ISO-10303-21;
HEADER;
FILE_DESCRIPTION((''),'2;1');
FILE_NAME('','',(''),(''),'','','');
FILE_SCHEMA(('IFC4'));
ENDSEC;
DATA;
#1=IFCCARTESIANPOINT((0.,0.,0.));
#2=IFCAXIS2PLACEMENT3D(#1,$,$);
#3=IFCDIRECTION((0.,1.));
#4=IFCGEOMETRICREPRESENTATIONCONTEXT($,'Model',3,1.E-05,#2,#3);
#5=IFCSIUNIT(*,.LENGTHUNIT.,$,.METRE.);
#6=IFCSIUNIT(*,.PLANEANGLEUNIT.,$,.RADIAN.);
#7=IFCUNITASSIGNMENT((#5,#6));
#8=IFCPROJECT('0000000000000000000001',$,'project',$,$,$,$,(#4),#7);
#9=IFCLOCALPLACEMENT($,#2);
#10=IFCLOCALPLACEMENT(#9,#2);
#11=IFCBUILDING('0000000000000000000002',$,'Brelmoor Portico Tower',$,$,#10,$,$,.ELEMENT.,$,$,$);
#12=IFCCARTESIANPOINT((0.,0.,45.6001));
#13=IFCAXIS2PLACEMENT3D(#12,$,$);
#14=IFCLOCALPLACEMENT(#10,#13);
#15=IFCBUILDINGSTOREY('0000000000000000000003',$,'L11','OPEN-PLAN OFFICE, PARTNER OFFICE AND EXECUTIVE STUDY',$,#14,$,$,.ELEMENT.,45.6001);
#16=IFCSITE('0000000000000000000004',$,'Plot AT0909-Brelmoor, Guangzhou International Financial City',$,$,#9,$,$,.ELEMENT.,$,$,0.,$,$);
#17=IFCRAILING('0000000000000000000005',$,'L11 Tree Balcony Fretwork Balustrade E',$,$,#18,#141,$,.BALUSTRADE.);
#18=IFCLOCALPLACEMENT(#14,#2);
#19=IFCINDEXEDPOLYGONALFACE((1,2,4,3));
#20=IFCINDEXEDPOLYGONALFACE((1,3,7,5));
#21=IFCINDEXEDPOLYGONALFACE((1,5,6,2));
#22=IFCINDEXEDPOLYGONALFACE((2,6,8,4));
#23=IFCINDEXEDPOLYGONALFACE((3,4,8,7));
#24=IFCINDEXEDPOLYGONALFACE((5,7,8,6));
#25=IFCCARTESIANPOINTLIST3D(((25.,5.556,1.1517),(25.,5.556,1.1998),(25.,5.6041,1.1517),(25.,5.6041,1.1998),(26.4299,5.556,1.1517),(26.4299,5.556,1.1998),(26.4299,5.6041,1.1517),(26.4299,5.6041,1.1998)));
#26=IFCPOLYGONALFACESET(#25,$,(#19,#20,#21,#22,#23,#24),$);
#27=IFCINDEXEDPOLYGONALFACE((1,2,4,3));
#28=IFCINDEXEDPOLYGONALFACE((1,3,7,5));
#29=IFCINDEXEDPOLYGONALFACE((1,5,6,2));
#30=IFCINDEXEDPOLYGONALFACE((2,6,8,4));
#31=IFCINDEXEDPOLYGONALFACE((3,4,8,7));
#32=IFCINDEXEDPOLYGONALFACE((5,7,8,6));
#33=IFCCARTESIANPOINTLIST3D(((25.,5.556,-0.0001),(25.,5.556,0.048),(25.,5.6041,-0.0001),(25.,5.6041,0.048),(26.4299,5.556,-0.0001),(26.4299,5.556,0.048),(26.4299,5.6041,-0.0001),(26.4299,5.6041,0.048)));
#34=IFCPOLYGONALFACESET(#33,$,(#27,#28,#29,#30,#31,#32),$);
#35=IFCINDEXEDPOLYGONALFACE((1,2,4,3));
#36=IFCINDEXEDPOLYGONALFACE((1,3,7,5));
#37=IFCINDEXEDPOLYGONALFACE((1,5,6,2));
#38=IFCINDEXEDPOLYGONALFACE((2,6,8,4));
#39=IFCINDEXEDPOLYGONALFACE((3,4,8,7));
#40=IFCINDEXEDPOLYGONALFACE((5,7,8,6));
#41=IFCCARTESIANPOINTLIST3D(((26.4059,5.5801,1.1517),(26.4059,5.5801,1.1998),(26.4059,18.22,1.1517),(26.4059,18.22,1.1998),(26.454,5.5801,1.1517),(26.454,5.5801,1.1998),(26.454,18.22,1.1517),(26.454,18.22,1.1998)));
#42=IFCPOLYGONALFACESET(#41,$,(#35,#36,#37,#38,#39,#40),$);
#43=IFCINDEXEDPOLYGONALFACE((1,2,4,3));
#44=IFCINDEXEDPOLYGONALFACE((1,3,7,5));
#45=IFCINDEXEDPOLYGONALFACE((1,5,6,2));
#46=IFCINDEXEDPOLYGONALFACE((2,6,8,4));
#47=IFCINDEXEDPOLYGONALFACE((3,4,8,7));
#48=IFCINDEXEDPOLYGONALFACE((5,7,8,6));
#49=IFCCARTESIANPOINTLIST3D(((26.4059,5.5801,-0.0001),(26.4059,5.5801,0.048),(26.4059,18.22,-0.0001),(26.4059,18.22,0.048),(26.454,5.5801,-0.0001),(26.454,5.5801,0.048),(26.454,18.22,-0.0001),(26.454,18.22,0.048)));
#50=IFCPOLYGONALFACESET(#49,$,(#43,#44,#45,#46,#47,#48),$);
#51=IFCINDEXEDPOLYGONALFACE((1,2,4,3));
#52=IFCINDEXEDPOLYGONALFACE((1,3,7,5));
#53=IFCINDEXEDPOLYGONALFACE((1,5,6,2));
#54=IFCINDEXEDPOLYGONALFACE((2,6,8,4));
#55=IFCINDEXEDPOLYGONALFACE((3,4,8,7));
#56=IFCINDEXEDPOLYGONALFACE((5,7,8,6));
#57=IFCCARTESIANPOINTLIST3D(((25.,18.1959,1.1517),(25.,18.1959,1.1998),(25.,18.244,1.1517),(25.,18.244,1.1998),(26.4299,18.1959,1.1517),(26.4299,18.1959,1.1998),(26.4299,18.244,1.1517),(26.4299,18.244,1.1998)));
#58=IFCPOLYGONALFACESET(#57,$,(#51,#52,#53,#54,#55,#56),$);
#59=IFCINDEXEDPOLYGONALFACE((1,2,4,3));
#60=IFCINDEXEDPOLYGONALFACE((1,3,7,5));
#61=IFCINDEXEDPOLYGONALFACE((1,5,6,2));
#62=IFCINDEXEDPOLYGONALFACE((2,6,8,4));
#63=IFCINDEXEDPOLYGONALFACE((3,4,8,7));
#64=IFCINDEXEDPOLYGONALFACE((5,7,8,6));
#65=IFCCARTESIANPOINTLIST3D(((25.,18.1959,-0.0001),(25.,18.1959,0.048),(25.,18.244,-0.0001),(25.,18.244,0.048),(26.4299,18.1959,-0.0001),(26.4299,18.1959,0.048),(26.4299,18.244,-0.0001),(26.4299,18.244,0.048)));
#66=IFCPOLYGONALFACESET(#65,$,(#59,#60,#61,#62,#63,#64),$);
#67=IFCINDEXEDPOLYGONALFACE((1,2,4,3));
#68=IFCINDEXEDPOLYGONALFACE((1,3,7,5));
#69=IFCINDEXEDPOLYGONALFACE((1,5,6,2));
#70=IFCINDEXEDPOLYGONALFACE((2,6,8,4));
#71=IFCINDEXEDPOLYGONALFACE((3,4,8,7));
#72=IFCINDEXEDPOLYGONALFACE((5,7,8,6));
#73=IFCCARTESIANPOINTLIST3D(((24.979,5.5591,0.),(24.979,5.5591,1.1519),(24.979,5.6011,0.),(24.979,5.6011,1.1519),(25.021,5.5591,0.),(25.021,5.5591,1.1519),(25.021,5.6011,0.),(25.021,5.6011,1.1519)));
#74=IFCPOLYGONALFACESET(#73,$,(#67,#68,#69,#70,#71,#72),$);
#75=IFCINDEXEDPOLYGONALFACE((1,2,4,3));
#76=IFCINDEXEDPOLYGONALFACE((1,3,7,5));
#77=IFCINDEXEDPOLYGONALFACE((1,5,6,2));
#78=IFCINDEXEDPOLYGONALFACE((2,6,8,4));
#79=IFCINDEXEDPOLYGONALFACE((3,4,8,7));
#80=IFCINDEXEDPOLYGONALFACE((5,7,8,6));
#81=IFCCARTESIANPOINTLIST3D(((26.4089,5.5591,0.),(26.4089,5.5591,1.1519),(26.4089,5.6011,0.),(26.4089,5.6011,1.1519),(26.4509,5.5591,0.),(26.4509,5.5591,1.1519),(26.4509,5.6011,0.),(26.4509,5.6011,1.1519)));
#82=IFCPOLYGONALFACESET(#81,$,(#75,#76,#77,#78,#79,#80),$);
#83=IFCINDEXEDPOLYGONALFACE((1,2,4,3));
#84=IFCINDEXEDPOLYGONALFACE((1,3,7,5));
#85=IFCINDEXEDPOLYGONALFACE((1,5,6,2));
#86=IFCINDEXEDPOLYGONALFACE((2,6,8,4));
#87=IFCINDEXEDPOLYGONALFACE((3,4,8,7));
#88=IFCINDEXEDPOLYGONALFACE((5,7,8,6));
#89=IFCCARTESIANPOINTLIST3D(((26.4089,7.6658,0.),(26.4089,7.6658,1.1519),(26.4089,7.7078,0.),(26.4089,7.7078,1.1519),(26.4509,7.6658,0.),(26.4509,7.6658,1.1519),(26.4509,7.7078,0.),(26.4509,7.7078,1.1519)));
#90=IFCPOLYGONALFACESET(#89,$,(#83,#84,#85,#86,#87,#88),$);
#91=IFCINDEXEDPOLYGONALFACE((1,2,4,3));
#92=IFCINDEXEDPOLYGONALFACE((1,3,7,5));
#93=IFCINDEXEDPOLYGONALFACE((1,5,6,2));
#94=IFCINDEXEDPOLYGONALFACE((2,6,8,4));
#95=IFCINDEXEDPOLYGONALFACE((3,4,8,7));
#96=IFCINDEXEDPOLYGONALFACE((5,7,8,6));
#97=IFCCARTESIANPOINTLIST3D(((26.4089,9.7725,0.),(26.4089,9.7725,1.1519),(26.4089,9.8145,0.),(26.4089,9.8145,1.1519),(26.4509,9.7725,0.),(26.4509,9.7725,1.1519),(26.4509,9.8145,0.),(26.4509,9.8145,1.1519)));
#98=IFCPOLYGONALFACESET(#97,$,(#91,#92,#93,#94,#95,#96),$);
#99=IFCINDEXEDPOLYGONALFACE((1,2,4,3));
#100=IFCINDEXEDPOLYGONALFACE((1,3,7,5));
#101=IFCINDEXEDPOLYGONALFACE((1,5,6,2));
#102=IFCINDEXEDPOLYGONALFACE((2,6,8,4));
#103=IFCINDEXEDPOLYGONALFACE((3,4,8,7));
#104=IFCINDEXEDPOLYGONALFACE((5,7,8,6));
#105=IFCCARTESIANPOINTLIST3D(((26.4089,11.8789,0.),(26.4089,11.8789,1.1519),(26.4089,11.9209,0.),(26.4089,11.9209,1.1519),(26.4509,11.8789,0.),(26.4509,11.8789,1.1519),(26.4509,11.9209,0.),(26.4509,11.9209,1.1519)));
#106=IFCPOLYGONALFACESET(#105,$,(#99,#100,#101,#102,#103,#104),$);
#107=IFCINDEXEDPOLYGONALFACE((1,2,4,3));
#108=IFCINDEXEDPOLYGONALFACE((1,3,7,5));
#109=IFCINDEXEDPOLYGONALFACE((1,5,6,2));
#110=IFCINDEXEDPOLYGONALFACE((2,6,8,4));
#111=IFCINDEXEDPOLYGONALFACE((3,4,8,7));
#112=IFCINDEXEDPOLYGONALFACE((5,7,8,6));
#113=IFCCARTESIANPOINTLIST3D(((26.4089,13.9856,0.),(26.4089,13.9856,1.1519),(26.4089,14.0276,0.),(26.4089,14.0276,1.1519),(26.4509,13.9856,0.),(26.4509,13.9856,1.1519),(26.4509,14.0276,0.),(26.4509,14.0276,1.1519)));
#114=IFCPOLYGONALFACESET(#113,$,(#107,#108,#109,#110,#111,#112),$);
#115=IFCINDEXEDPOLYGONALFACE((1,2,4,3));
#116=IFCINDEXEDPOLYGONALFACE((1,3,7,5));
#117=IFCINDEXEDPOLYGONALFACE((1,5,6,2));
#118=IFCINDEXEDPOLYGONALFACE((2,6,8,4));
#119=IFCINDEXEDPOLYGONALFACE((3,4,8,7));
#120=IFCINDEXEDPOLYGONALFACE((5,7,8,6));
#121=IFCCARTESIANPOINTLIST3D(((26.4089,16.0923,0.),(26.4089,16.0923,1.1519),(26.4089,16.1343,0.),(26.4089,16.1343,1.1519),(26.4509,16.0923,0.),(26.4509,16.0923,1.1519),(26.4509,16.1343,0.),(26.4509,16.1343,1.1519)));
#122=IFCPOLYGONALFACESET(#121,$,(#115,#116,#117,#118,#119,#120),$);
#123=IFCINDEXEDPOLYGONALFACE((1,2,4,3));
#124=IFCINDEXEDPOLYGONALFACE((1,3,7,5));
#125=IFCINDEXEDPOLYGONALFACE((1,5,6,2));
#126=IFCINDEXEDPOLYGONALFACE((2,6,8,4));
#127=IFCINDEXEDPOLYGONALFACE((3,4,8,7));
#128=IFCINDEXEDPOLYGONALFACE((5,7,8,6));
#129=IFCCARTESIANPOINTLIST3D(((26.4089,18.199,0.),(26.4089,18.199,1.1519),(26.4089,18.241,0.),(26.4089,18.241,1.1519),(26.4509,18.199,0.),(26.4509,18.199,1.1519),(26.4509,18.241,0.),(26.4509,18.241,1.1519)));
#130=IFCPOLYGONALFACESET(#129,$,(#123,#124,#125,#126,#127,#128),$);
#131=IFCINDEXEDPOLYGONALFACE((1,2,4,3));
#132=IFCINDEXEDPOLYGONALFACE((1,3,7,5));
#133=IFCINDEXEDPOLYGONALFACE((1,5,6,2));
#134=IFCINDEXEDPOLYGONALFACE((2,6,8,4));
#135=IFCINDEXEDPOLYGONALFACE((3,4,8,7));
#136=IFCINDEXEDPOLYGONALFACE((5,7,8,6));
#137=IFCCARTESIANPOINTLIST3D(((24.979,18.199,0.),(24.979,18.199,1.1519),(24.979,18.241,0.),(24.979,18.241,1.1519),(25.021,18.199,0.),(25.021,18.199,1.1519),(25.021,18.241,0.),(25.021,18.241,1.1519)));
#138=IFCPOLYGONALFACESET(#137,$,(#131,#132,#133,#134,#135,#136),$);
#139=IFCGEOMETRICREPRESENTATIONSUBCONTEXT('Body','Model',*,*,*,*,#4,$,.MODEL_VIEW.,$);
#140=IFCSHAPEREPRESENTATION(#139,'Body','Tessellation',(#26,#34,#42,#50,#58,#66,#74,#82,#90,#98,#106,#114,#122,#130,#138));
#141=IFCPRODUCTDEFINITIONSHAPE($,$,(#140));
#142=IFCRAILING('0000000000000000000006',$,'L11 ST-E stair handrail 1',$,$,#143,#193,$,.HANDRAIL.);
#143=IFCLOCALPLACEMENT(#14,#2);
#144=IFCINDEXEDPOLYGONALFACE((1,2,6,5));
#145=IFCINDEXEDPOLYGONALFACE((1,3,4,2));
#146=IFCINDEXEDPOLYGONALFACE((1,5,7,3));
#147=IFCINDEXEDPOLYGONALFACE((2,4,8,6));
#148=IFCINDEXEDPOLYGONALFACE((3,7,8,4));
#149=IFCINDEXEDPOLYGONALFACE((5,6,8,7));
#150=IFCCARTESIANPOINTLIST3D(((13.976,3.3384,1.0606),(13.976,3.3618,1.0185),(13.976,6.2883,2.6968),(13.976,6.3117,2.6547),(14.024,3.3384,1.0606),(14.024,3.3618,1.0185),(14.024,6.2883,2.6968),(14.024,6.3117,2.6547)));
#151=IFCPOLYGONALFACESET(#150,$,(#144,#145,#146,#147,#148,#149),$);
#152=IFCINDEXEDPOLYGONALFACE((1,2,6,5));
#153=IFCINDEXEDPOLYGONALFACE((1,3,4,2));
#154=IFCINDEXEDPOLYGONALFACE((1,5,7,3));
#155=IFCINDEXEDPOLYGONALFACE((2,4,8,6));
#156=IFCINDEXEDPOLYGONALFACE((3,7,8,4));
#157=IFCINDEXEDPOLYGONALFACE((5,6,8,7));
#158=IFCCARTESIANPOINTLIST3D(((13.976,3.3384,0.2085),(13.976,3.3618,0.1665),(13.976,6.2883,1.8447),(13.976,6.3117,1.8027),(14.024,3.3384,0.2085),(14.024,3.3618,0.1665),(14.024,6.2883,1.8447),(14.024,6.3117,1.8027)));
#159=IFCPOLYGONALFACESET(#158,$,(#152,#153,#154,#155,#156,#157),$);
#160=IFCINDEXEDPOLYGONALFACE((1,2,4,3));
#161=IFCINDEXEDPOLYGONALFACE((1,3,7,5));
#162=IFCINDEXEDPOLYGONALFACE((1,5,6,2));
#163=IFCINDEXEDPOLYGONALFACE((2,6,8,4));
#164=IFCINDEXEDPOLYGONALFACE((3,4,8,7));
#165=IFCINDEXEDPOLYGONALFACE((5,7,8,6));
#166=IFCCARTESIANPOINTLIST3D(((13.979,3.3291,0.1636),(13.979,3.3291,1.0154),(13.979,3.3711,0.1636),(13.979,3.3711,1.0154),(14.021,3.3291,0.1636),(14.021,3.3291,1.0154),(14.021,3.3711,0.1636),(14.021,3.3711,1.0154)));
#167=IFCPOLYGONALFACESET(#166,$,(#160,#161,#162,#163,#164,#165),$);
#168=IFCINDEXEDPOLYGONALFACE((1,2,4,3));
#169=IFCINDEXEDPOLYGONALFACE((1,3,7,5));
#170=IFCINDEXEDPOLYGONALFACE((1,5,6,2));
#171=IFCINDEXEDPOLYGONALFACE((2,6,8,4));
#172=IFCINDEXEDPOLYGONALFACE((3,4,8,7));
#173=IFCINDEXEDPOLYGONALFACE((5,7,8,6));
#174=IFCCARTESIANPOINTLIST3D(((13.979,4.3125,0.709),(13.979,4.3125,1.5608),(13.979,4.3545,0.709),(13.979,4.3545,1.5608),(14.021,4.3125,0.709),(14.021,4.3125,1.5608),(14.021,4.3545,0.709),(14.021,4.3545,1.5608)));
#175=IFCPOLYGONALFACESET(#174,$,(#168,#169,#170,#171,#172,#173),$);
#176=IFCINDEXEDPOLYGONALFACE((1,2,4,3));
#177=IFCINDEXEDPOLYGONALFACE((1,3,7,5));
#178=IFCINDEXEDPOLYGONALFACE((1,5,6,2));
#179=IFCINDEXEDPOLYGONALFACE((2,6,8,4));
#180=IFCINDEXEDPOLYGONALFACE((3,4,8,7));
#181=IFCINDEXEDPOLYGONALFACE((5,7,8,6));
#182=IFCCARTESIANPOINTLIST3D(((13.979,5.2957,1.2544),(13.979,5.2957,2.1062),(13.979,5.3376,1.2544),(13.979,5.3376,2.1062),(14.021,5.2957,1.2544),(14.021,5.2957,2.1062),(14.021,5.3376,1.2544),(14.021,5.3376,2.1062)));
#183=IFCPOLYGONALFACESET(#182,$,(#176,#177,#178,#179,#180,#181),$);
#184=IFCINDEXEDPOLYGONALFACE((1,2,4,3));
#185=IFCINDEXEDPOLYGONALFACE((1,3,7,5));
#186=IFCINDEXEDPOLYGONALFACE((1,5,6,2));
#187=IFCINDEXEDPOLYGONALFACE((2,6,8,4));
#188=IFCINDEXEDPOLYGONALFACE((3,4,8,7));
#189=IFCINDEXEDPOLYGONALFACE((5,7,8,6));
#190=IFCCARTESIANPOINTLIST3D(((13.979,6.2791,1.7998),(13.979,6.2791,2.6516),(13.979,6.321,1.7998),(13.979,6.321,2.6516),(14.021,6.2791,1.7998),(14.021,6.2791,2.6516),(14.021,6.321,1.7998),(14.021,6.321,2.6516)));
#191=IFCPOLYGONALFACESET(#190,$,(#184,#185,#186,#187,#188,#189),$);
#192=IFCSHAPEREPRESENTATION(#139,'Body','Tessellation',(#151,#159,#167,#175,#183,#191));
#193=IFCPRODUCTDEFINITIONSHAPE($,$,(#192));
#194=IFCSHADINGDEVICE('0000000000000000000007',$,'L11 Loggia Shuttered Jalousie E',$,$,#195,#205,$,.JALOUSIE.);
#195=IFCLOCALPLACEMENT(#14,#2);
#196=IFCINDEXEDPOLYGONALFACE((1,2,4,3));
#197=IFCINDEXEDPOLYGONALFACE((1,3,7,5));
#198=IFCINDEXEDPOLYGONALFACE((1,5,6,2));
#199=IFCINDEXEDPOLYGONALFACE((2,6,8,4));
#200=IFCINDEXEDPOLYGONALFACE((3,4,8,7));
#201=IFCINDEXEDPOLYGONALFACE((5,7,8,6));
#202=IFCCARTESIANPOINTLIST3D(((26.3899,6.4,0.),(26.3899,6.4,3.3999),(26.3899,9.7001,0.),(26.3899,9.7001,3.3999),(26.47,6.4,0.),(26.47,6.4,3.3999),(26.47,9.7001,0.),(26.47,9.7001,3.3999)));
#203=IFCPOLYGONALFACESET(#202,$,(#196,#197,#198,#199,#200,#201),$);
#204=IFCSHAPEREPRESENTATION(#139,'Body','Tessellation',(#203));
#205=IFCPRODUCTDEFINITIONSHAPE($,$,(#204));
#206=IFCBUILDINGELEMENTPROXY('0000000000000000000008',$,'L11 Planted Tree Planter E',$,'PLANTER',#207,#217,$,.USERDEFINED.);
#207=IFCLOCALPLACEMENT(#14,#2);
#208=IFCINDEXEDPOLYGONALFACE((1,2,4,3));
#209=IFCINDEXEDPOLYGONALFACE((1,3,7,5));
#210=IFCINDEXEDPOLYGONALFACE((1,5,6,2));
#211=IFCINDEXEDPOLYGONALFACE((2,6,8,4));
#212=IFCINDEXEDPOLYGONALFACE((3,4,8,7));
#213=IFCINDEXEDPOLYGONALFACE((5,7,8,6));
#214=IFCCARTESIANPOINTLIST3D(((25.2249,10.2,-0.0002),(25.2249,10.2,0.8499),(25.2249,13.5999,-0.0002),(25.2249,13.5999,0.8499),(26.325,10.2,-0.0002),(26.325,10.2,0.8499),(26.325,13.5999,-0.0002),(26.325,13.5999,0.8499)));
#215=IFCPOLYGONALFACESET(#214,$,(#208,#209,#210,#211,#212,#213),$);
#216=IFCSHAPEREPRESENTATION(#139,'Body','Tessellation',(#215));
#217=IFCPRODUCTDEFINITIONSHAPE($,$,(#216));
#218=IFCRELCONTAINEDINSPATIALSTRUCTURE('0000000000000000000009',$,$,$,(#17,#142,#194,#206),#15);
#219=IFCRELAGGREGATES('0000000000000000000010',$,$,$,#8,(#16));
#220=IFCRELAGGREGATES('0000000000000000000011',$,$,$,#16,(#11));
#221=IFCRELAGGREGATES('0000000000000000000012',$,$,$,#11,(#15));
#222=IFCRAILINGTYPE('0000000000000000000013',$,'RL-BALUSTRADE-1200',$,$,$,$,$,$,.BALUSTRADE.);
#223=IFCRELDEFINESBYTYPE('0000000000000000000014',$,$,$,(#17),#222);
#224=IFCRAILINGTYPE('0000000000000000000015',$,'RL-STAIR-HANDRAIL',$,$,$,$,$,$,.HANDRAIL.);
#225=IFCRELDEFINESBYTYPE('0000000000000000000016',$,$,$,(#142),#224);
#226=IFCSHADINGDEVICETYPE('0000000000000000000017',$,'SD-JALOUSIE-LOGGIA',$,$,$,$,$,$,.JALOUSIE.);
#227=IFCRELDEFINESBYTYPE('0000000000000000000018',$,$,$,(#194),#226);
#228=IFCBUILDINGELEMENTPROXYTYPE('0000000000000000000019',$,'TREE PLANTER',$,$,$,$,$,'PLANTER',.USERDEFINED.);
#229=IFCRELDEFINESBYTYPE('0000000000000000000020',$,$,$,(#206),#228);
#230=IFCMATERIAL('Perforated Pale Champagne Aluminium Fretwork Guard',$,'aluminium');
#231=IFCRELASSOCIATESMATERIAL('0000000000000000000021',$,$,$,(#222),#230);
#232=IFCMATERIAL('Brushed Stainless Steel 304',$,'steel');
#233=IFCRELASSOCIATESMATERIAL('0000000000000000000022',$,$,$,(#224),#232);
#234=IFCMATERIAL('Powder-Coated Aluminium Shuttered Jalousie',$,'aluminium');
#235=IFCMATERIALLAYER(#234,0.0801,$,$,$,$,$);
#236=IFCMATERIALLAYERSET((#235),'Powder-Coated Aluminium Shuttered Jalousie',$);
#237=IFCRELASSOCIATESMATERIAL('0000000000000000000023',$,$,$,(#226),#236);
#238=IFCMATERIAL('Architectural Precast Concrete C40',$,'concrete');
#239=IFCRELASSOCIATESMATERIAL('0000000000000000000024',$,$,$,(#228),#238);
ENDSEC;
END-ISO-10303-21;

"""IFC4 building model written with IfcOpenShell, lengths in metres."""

from ifc_helpers import new_model, si_unit, direction, frame, origin, origin_2d, place, context, subcontext, project, spatial, rectangle, extrude, material, layer, layer_set, type_object, element, save


model = new_model("IFC4")

# Units and contexts
model_context = context("Model", 3, precision=1e-05, world=origin(), true_north=direction((0.0, 1.0)))
body_context = subcontext(model_context, "Body", "Model", "MODEL_VIEW")
ifc_project = project(units=[si_unit("LENGTHUNIT", "METRE"), si_unit("PLANEANGLEUNIT", "RADIAN")], contexts=[model_context])

# Site, building, storey
site_placement = place(None, origin())
site = spatial("IfcSite", under=ifc_project, at=site_placement, Name="Plot AT0909-Brelmoor, Guangzhou International Financial City", CompositionType="ELEMENT", RefElevation=0.0)
building_placement = place(site_placement, origin())
building = spatial("IfcBuilding", under=site, at=building_placement, Name="Brelmoor Portico Tower", CompositionType="ELEMENT")
storey_placement = place(building_placement, frame((0.0, 0.0, 45.6001)))
storey = spatial("IfcBuildingStorey", under=building, at=storey_placement, Name="L11", Description="OPEN-PLAN OFFICE, PARTNER OFFICE AND EXECUTIVE STUDY", CompositionType="ELEMENT", Elevation=45.6001)

# Railings
ifc_material_1 = material(Name="Perforated Pale Champagne Aluminium Fretwork Guard", Category="aluminium")
railing_type_1 = type_object("IfcRailingType", Name="RL-BALUSTRADE-1200", PredefinedType="BALUSTRADE", material=ifc_material_1)
railing_1_placement = place(storey_placement, frame((25.0, 5.5801, 0.0)))
element("IfcRailing", 1, at=railing_1_placement, inside=storey, type_object=railing_type_1, Name="L11 Tree Balcony Fretwork Balustrade E", PredefinedType="BALUSTRADE", context=body_context, shape_type="SweptSolid", body=[
    extrude(rectangle(XDim=0.0481, YDim=0.0481, at=origin_2d()), frame((0.0, 0.0, 1.1758), z_axis=(1.0, 0.0, 0.0), x_axis=(0.0, 1.0, 0.0)), (0.0, 0.0, 1.0), 1.4299),
    extrude(rectangle(XDim=0.0481, YDim=0.0481, at=origin_2d()), frame((0.0, 0.0, 0.0239), z_axis=(1.0, 0.0, 0.0), x_axis=(0.0, 1.0, 0.0)), (0.0, 0.0, 1.0), 1.4299),
    extrude(rectangle(XDim=0.0481, YDim=0.0481, at=origin_2d()), frame((1.4299, 0.0, 1.1758), z_axis=(0.0, 1.0, 0.0), x_axis=(-1.0, 0.0, 0.0)), (0.0, 0.0, 1.0), 12.6399),
    extrude(rectangle(XDim=0.0481, YDim=0.0481, at=origin_2d()), frame((1.4299, 0.0, 0.0239), z_axis=(0.0, 1.0, 0.0), x_axis=(-1.0, 0.0, 0.0)), (0.0, 0.0, 1.0), 12.6399),
    extrude(rectangle(XDim=0.0481, YDim=0.0481, at=origin_2d()), frame((1.4299, 12.6399, 1.1758), z_axis=(-1.0, 0.0, 0.0), x_axis=(0.0, -1.0, 0.0)), (0.0, 0.0, 1.0), 1.4299),
    extrude(rectangle(XDim=0.0481, YDim=0.0481, at=origin_2d()), frame((1.4299, 12.6399, 0.0239), z_axis=(-1.0, 0.0, 0.0), x_axis=(0.0, -1.0, 0.0)), (0.0, 0.0, 1.0), 1.4299),
    extrude(rectangle(XDim=0.042, YDim=0.042, at=origin_2d()), origin(), (0.0, 0.0, 1.0), 1.1519),
    extrude(rectangle(XDim=0.042, YDim=0.042, at=origin_2d()), frame((1.4299, 0.0, 0.0)), (0.0, 0.0, 1.0), 1.1519),
    extrude(rectangle(XDim=0.042, YDim=0.042, at=origin_2d()), frame((1.4299, 2.1067, 0.0)), (0.0, 0.0, 1.0), 1.1519),
    extrude(rectangle(XDim=0.042, YDim=0.042, at=origin_2d()), frame((1.4299, 4.2134, 0.0)), (0.0, 0.0, 1.0), 1.1519),
    extrude(rectangle(XDim=0.042, YDim=0.042, at=origin_2d()), frame((1.4299, 6.3198, 0.0)), (0.0, 0.0, 1.0), 1.1519),
    extrude(rectangle(XDim=0.042, YDim=0.042, at=origin_2d()), frame((1.4299, 8.4265, 0.0)), (0.0, 0.0, 1.0), 1.1519),
    extrude(rectangle(XDim=0.042, YDim=0.042, at=origin_2d()), frame((1.4299, 10.5332, 0.0)), (0.0, 0.0, 1.0), 1.1519),
    extrude(rectangle(XDim=0.042, YDim=0.042, at=origin_2d()), frame((1.4299, 12.6399, 0.0)), (0.0, 0.0, 1.0), 1.1519),
    extrude(rectangle(XDim=0.042, YDim=0.042, at=origin_2d()), frame((0.0, 12.6399, 0.0)), (0.0, 0.0, 1.0), 1.1519),
])
ifc_material_2 = material(Name="Brushed Stainless Steel 304", Category="steel")
railing_type_2 = type_object("IfcRailingType", Name="RL-STAIR-HANDRAIL", PredefinedType="HANDRAIL", material=ifc_material_2)
railing_2_placement = place(storey_placement, frame((14.0, 3.3501, 0.1636)))
element("IfcRailing", 2, at=railing_2_placement, inside=storey, type_object=railing_type_2, Name="L11 ST-E stair handrail 1", PredefinedType="HANDRAIL", context=body_context, shape_type="SweptSolid", body=[
    extrude(rectangle(XDim=0.0481, YDim=0.0481, at=origin_2d()), frame((0.0, 0.0, 0.876), z_axis=(0.0, 0.874488, 0.485047), x_axis=(-1.0, 0.0, 0.0)), (0.0, 0.0, 1.0), 3.3733),
    extrude(rectangle(XDim=0.0481, YDim=0.0481, at=origin_2d()), frame((0.0, 0.0, 0.0239), z_axis=(0.0, 0.874488, 0.485047), x_axis=(-1.0, 0.0, 0.0)), (0.0, 0.0, 1.0), 3.3733),
    extrude(rectangle(XDim=0.042, YDim=0.042, at=origin_2d()), origin(), (0.0, 0.0, 1.0), 0.8518),
    extrude(rectangle(XDim=0.042, YDim=0.042, at=origin_2d()), frame((0.0, 0.9834, 0.5454)), (0.0, 0.0, 1.0), 0.8518),
    extrude(rectangle(XDim=0.042, YDim=0.042, at=origin_2d()), frame((0.0, 1.9666, 1.0908)), (0.0, 0.0, 1.0), 0.8518),
    extrude(rectangle(XDim=0.042, YDim=0.042, at=origin_2d()), frame((0.0, 2.95, 1.6362)), (0.0, 0.0, 1.0), 0.8518),
])

# Shading device
ifc_material_3 = material(Name="Powder-Coated Aluminium Shuttered Jalousie", Category="aluminium")
ifc_layer_1 = layer(ifc_material_3, 0.0801)
ifc_layer_set_1 = layer_set([ifc_layer_1], Name="Powder-Coated Aluminium Shuttered Jalousie")
shading_device_type = type_object("IfcShadingDeviceType", Name="SD-JALOUSIE-LOGGIA", PredefinedType="JALOUSIE", material=ifc_layer_set_1)
shading_device_placement = place(storey_placement, frame((26.4299, 8.05, 0.0), z_axis=(0.0, 0.0, 1.0), x_axis=(0.0, 1.0, 0.0)))
element("IfcShadingDevice", 3, at=shading_device_placement, inside=storey, type_object=shading_device_type, Name="L11 Loggia Shuttered Jalousie E", PredefinedType="JALOUSIE", context=body_context, shape_type="SweptSolid", body=[
    extrude(rectangle(XDim=3.3, YDim=0.0801, at=origin_2d()), origin(), (0.0, 0.0, 1.0), 3.3999),
])

# Building element proxy
ifc_material_4 = material(Name="Architectural Precast Concrete C40", Category="concrete")
building_element_proxy_type = type_object("IfcBuildingElementProxyType", Name="TREE PLANTER", ElementType="PLANTER", PredefinedType="USERDEFINED", material=ifc_material_4)
proxy_placement = place(storey_placement, frame((25.7749, 11.8999, -0.0002), z_axis=(0.0, 0.0, 1.0), x_axis=(0.0, 1.0, 0.0)))
element("IfcBuildingElementProxy", 4, at=proxy_placement, inside=storey, type_object=building_element_proxy_type, Name="L11 Planted Tree Planter E", ObjectType="PLANTER", PredefinedType="USERDEFINED", context=body_context, shape_type="SweptSolid", body=[
    extrude(rectangle(XDim=3.3999, YDim=1.1001, at=origin_2d()), origin(), (0.0, 0.0, 1.0), 0.8501),
])

save(model, "model.ifc")
